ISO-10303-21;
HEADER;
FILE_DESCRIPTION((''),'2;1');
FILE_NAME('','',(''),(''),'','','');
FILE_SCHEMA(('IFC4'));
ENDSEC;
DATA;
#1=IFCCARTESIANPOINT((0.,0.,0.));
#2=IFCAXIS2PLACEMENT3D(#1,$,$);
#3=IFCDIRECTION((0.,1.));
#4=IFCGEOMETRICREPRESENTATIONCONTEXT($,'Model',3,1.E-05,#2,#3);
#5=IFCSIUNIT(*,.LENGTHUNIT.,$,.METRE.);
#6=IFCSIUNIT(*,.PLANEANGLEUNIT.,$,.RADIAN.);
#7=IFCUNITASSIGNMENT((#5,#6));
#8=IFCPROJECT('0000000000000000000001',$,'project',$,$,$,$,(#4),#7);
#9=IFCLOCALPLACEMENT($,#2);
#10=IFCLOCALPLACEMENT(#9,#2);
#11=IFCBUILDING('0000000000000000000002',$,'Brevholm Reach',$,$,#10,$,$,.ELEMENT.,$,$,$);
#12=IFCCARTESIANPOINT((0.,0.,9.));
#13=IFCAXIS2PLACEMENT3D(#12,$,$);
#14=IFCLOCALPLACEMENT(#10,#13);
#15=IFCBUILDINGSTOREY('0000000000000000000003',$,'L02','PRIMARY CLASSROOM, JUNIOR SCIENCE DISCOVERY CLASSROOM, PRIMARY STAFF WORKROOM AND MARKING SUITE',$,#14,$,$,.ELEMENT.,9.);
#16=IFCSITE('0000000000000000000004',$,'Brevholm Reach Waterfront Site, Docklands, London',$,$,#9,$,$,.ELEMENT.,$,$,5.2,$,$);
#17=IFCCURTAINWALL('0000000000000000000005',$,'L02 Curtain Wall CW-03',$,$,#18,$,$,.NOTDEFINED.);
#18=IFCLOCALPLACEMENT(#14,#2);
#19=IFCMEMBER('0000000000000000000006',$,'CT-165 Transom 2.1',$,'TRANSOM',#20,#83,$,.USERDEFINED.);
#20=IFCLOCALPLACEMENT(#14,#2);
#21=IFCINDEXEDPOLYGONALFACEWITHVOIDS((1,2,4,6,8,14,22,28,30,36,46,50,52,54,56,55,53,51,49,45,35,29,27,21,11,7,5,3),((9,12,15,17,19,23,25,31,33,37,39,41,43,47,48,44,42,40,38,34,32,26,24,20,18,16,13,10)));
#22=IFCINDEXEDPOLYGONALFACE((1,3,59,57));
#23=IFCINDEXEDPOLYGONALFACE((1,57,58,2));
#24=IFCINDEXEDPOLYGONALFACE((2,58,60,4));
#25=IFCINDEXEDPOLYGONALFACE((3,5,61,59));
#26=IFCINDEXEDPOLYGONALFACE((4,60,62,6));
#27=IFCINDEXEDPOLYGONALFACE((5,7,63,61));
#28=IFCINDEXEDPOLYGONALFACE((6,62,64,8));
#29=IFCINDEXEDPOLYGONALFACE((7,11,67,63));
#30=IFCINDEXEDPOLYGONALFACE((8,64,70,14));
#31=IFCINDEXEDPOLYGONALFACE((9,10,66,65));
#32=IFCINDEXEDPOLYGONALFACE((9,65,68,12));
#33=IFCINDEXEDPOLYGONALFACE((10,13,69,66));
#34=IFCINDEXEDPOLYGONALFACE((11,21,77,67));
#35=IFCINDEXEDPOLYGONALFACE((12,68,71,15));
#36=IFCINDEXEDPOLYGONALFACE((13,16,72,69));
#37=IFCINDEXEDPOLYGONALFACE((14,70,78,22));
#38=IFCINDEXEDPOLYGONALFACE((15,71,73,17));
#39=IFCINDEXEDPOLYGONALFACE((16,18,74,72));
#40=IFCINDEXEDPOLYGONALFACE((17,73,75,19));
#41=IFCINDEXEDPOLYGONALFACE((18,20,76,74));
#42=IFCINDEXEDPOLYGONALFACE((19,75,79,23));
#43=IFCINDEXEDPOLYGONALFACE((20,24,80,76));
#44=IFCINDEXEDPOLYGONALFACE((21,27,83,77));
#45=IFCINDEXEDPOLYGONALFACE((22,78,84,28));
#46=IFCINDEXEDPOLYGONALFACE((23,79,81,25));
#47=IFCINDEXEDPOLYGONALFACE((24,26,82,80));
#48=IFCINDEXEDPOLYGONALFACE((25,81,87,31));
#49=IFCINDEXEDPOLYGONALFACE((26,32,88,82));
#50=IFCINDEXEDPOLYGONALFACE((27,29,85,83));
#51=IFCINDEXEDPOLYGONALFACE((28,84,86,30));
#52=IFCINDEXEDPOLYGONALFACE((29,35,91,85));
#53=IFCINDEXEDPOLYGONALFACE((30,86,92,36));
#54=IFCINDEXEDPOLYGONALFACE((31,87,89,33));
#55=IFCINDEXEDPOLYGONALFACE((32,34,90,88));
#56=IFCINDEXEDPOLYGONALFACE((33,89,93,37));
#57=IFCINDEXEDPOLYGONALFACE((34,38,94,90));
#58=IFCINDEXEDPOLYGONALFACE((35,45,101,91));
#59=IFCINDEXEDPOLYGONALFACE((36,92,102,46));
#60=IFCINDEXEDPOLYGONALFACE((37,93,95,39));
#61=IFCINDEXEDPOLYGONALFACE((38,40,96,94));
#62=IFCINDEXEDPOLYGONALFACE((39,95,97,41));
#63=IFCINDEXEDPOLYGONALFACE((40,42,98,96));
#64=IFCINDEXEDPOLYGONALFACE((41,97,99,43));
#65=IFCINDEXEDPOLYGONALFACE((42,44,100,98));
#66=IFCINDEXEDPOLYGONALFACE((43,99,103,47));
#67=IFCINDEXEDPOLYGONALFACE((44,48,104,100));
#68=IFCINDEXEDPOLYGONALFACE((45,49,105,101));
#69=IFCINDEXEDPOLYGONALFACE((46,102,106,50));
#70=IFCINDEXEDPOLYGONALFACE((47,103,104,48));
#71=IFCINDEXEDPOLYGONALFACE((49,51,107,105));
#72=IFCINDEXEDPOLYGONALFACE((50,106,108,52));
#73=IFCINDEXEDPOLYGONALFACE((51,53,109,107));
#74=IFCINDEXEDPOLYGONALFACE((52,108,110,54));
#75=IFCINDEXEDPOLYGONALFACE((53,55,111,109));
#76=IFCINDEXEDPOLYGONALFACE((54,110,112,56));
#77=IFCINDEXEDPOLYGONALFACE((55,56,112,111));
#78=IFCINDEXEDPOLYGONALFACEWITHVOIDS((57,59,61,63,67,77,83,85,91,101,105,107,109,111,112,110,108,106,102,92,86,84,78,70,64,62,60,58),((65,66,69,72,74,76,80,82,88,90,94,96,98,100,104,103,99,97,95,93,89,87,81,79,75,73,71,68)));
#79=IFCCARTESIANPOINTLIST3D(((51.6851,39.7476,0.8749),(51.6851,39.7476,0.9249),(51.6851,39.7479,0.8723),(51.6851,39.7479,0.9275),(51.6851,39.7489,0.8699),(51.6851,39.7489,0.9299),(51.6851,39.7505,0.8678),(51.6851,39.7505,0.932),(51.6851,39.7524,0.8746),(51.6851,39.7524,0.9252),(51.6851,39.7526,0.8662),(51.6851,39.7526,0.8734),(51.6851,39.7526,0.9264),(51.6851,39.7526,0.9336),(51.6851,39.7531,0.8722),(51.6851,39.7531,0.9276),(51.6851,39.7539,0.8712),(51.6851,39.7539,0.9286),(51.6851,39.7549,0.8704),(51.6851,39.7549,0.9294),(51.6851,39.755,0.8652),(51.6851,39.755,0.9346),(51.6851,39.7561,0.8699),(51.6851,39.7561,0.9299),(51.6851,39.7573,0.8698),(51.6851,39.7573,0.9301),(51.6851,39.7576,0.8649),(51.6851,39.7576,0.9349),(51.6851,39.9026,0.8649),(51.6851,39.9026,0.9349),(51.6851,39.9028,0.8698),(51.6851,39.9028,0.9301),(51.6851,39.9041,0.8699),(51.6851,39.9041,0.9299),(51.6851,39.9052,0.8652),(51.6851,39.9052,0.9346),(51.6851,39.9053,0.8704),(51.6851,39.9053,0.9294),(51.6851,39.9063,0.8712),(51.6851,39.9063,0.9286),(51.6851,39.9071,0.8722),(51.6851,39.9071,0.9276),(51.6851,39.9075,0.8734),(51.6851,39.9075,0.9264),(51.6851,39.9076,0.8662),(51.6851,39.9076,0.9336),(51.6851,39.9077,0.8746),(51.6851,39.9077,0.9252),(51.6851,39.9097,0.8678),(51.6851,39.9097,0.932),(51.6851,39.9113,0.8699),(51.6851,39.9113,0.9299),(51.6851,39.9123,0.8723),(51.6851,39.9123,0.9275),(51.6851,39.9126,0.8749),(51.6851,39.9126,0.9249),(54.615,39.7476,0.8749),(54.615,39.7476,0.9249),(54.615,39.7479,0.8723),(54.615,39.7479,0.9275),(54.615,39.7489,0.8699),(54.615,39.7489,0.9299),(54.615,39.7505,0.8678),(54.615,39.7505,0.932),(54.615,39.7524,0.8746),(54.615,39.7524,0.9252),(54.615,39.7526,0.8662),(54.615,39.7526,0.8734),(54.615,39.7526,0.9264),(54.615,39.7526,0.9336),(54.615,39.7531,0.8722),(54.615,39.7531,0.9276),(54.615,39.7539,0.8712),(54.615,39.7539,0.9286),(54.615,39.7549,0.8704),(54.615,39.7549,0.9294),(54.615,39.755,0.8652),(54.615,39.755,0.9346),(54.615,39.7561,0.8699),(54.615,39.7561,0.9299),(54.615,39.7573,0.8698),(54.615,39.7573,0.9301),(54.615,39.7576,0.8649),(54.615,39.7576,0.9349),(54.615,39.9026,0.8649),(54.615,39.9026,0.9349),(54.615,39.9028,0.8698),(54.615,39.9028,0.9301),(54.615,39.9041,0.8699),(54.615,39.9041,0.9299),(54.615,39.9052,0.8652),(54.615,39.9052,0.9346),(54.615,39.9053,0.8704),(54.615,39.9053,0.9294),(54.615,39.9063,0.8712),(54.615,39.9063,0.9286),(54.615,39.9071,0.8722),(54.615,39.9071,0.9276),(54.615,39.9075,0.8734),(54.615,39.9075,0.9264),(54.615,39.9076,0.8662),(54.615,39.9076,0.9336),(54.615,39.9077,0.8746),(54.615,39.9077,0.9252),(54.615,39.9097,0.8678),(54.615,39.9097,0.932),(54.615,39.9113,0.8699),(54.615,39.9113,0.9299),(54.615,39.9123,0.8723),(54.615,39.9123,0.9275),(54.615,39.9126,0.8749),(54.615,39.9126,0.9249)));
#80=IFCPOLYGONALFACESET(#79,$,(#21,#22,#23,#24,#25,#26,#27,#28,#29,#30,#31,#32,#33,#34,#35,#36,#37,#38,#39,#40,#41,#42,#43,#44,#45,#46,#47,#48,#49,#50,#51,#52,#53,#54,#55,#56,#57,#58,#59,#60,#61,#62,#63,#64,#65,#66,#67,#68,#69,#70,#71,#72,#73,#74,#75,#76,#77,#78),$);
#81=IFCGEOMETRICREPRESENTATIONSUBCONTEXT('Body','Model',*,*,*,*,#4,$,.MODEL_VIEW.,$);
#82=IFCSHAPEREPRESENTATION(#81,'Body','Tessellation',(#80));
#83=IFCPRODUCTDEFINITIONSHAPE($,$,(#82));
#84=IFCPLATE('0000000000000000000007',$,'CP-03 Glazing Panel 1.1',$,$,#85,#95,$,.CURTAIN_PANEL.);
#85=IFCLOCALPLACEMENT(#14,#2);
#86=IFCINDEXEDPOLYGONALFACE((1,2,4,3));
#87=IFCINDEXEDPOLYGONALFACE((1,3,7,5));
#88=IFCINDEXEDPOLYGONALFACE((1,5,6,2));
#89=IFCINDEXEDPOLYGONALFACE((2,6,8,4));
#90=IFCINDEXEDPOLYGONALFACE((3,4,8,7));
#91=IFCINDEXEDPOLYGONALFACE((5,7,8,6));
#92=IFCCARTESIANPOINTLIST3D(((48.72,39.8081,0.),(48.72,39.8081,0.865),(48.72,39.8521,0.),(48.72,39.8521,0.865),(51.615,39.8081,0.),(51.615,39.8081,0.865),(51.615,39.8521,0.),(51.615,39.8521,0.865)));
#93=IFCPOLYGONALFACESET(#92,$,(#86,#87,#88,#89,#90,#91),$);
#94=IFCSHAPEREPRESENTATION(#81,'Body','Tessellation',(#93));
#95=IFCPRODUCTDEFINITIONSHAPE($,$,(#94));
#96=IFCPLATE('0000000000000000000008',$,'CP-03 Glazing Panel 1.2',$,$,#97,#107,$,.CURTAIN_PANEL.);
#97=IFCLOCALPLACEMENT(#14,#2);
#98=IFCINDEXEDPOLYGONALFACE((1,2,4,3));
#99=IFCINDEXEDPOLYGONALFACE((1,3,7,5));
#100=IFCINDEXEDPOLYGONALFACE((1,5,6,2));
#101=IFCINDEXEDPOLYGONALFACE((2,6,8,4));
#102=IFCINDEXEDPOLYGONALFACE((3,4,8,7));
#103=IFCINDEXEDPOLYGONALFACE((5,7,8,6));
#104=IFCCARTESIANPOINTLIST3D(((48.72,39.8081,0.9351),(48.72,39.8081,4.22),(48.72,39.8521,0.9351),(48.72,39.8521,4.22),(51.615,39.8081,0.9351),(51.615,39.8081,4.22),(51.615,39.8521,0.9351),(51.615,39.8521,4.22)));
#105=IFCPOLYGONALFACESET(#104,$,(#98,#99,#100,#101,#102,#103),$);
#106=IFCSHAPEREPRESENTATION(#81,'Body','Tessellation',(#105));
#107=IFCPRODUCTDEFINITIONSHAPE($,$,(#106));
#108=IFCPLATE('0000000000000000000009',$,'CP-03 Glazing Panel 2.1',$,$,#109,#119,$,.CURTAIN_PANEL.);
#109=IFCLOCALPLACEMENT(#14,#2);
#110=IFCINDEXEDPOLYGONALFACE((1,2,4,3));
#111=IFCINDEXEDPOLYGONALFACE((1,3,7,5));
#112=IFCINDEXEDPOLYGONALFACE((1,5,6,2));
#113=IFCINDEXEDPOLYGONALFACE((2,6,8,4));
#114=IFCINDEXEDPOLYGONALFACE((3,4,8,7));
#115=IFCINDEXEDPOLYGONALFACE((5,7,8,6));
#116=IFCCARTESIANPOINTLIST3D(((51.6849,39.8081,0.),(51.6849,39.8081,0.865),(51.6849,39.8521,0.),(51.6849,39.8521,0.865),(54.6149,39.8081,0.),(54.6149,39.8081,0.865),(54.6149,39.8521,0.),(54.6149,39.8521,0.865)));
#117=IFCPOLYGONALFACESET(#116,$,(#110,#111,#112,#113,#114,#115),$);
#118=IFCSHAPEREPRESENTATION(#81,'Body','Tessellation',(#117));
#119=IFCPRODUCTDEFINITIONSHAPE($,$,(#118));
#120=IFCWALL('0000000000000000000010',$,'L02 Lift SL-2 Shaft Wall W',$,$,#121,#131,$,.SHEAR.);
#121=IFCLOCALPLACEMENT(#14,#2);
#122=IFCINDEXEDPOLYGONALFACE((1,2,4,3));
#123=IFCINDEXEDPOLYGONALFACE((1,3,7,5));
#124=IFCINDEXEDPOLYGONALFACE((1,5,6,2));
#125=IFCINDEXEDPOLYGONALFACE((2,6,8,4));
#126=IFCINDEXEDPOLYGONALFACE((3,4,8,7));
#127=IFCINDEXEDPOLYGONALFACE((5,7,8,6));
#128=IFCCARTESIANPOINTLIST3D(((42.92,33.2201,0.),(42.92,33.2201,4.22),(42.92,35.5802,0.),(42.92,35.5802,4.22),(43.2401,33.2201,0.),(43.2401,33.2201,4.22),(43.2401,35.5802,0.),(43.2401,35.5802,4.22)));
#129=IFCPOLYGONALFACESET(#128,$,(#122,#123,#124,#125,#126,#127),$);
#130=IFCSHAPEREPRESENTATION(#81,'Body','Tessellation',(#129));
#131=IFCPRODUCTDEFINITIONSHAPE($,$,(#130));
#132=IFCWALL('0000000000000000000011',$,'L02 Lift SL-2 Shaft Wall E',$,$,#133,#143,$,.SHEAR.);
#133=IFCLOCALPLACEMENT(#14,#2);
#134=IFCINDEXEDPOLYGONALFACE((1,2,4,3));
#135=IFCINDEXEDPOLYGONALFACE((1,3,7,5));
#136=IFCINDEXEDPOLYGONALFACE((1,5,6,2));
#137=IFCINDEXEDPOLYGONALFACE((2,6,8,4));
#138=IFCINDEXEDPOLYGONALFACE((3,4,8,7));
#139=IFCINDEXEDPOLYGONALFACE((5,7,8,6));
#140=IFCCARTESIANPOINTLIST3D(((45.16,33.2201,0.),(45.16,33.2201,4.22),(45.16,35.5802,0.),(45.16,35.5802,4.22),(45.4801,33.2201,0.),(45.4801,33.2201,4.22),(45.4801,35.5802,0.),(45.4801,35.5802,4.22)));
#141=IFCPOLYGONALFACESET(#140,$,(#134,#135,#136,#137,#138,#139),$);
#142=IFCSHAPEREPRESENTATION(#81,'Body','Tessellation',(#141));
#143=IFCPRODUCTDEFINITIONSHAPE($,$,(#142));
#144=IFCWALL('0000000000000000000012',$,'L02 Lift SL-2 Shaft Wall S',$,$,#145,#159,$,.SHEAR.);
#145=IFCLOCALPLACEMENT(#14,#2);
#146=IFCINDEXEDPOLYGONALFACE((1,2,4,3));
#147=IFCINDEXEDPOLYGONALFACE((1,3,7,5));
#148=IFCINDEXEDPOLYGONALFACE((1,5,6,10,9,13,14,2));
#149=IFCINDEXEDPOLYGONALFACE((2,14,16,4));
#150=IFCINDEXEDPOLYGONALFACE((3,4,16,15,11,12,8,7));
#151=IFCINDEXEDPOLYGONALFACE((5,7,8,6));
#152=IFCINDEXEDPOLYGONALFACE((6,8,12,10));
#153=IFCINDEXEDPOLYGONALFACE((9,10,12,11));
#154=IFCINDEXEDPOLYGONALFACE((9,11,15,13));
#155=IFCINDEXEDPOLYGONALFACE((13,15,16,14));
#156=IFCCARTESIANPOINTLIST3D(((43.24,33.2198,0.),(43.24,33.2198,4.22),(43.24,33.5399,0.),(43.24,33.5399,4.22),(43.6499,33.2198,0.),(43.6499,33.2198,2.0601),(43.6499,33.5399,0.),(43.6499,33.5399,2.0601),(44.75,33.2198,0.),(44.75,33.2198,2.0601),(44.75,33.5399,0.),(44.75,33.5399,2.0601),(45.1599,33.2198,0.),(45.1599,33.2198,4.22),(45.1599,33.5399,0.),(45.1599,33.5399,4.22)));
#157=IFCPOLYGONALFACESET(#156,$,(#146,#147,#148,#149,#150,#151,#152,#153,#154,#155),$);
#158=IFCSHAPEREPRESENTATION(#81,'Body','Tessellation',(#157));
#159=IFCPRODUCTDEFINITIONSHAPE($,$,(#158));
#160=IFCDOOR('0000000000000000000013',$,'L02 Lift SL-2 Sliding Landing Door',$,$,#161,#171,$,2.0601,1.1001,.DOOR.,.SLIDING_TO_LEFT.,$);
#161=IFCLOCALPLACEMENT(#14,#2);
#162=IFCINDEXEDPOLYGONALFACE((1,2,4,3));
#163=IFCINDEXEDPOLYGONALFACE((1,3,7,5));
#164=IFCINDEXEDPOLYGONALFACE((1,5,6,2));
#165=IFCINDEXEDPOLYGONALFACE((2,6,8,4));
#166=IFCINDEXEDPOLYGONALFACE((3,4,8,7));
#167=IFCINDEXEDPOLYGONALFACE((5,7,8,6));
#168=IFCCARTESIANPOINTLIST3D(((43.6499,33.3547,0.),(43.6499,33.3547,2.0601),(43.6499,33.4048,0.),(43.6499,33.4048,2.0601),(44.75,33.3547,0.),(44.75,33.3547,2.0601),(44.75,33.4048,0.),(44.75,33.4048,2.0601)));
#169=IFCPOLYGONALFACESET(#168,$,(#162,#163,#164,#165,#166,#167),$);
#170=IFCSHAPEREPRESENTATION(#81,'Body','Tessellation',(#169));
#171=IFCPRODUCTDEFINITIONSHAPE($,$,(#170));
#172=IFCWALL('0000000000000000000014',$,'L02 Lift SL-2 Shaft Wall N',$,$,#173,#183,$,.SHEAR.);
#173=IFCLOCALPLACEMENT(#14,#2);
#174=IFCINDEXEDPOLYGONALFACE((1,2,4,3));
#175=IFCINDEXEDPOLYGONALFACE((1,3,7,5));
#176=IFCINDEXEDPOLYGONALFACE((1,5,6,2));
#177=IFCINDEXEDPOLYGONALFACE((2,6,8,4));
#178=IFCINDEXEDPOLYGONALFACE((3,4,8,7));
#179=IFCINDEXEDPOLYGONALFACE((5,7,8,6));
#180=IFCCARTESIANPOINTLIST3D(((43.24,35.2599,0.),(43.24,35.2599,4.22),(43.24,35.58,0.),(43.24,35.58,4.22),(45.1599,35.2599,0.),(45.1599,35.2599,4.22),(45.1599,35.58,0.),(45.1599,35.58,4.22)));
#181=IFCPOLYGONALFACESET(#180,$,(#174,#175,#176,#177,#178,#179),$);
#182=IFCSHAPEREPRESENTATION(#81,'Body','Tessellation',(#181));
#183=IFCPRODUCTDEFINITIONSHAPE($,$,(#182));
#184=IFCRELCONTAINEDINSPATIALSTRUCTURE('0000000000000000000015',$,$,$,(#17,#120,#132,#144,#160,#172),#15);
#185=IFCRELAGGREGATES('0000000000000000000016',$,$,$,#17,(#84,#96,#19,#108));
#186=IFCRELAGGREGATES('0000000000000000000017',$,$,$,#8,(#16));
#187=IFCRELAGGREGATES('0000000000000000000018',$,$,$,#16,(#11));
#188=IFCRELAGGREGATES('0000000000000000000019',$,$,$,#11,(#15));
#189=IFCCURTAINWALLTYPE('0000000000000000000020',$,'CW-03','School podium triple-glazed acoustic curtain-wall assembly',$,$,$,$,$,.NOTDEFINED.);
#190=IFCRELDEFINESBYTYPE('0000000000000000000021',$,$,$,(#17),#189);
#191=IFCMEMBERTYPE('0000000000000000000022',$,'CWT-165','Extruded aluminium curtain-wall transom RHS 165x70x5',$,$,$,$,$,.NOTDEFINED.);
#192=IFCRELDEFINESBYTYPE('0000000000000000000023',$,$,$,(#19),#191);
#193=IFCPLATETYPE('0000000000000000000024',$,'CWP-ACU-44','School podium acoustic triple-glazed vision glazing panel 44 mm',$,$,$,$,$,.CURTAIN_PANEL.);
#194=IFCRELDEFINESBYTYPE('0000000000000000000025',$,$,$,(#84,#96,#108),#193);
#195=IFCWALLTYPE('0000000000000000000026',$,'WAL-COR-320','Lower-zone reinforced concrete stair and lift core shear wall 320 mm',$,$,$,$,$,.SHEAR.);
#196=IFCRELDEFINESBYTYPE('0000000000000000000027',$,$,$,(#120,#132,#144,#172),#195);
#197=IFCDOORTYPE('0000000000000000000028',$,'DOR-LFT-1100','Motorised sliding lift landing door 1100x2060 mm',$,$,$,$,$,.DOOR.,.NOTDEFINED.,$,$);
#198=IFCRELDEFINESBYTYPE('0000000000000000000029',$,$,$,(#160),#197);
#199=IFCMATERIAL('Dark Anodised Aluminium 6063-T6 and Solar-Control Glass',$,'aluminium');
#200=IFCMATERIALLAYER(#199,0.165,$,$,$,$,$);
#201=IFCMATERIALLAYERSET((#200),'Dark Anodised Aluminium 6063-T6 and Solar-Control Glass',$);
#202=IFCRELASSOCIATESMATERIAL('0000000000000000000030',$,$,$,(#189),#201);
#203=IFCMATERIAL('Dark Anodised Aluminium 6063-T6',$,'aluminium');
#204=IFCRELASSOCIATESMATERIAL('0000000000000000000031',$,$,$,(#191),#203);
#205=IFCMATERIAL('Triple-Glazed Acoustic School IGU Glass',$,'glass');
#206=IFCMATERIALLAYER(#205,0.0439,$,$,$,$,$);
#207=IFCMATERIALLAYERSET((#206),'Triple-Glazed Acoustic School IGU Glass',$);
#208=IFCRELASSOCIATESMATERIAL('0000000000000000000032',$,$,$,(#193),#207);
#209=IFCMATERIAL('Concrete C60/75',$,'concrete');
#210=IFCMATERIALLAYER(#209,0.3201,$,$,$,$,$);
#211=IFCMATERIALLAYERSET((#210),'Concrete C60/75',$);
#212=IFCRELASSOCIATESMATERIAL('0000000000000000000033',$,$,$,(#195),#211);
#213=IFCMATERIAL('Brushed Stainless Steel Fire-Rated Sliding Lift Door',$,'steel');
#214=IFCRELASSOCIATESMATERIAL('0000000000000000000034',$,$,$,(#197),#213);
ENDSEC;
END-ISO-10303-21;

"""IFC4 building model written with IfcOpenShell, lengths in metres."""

from ifc_helpers import new_model, si_unit, direction, frame, frame_2d, origin, origin_2d, place, context, subcontext, project, spatial, rectangle, hollow_rectangle, extrude, material, layer, layer_set, material_profile, profile_set, type_object, element, fill, aggregate, save


model = new_model("IFC4")

# Units and contexts
model_context = context("Model", 3, precision=1e-05, world=origin(), true_north=direction((0.0, 1.0)))
body_context = subcontext(model_context, "Body", "Model", "MODEL_VIEW")
ifc_project = project(units=[si_unit("LENGTHUNIT", "METRE"), si_unit("PLANEANGLEUNIT", "RADIAN")], contexts=[model_context])

# Site, building, storey
site_placement = place(None, origin())
site = spatial("IfcSite", under=ifc_project, at=site_placement, Name="Brevholm Reach Waterfront Site, Docklands, London", CompositionType="ELEMENT", RefElevation=5.2)
building_placement = place(site_placement, origin())
building = spatial("IfcBuilding", under=site, at=building_placement, Name="Brevholm Reach", CompositionType="ELEMENT")
storey_placement = place(building_placement, frame((0.0, 0.0, 9.0)))
storey = spatial("IfcBuildingStorey", under=building, at=storey_placement, Name="L02", Description="PRIMARY CLASSROOM, JUNIOR SCIENCE DISCOVERY CLASSROOM, PRIMARY STAFF WORKROOM AND MARKING SUITE", CompositionType="ELEMENT", Elevation=9.0)

# Shared definitions
ifc_material_1 = material(Name="Dark Anodised Aluminium 6063-T6 and Solar-Control Glass", Category="aluminium")
ifc_layer_1 = layer(ifc_material_1, 0.165)
ifc_layer_set_1 = layer_set([ifc_layer_1], Name="Dark Anodised Aluminium 6063-T6 and Solar-Control Glass")
curtain_wall_type = type_object("IfcCurtainWallType", Name="CW-03", Description="School podium triple-glazed acoustic curtain-wall assembly", PredefinedType="NOTDEFINED", material=ifc_layer_set_1)

# Curtain wall, member, plates
curtain_wall_1_placement = place(storey_placement, origin())
curtain_wall_1 = element("IfcCurtainWall", 1, at=curtain_wall_1_placement, inside=storey, type_object=curtain_wall_type, Name="L02 Curtain Wall CW-03", PredefinedType="NOTDEFINED")
ifc_material_2 = material(Name="Dark Anodised Aluminium 6063-T6", Category="aluminium")
ifc_material_profile_1 = material_profile(ifc_material_2, hollow_rectangle(XDim=0.0701, YDim=0.165, WallThickness=0.0049, InnerFilletRadius=0.0049, OuterFilletRadius=0.01, at=origin_2d()), Name="RHS 165x70x5")
ifc_profile_set_1 = profile_set([ifc_material_profile_1], Name="Dark Anodised Aluminium 6063-T6")
member_type_1 = type_object("IfcMemberType", Name="CWT-165", Description="Extruded aluminium curtain-wall transom RHS 165x70x5", PredefinedType="NOTDEFINED", material=ifc_profile_set_1)
member_1_placement = place(storey_placement, frame((51.6851, 39.8301, 0.8999), z_axis=(1.0, 0.0, 0.0), x_axis=(0.0, 0.0, 1.0)))
member_1 = element("IfcMember", 2, at=member_1_placement, type_object=member_type_1, Name="CT-165 Transom 2.1", ObjectType="TRANSOM", PredefinedType="USERDEFINED", context=body_context, shape_type="SweptSolid", body=[
    extrude(hollow_rectangle(XDim=0.0701, YDim=0.165, WallThickness=0.0049, InnerFilletRadius=0.0049, OuterFilletRadius=0.01, at=origin_2d()), origin(), (0.0, 0.0, 1.0), 2.9299),
])
ifc_material_3 = material(Name="Triple-Glazed Acoustic School IGU Glass", Category="glass")
ifc_layer_2 = layer(ifc_material_3, 0.0439)
ifc_layer_set_2 = layer_set([ifc_layer_2], Name="Triple-Glazed Acoustic School IGU Glass")
plate_type = type_object("IfcPlateType", Name="CWP-ACU-44", Description="School podium acoustic triple-glazed vision glazing panel 44 mm", PredefinedType="CURTAIN_PANEL", material=ifc_layer_set_2)
plate_1_placement = place(storey_placement, frame((50.1675, 39.8301, 0.0), z_axis=(0.0, 0.0, 1.0), x_axis=(1.0, 0.0, 0.0)))
plate_1 = element("IfcPlate", 3, at=plate_1_placement, type_object=plate_type, Name="CP-03 Glazing Panel 1.1", PredefinedType="CURTAIN_PANEL", context=body_context, shape_type="SweptSolid", body=[
    extrude(rectangle(XDim=2.895, YDim=0.0439, at=origin_2d()), origin(), (0.0, 0.0, 1.0), 0.865),
])
plate_2_placement = place(storey_placement, frame((50.1675, 39.8301, 0.9351), z_axis=(0.0, 0.0, 1.0), x_axis=(1.0, 0.0, 0.0)))
plate_2 = element("IfcPlate", 4, at=plate_2_placement, type_object=plate_type, Name="CP-03 Glazing Panel 1.2", PredefinedType="CURTAIN_PANEL", context=body_context, shape_type="SweptSolid", body=[
    extrude(rectangle(XDim=2.895, YDim=0.0439, at=origin_2d()), origin(), (0.0, 0.0, 1.0), 3.2849),
])
plate_3_placement = place(storey_placement, frame((53.1499, 39.8301, 0.0), z_axis=(0.0, 0.0, 1.0), x_axis=(1.0, 0.0, 0.0)))
plate_3 = element("IfcPlate", 5, at=plate_3_placement, type_object=plate_type, Name="CP-03 Glazing Panel 2.1", PredefinedType="CURTAIN_PANEL", context=body_context, shape_type="SweptSolid", body=[
    extrude(rectangle(XDim=2.9299, YDim=0.0439, at=origin_2d()), origin(), (0.0, 0.0, 1.0), 0.865),
])
aggregate(curtain_wall_1, [plate_1, plate_2, member_1, plate_3])

# Walls
ifc_material_4 = material(Name="Concrete C60/75", Category="concrete")
ifc_layer_3 = layer(ifc_material_4, 0.3201)
ifc_layer_set_3 = layer_set([ifc_layer_3], Name="Concrete C60/75")
wall_type_1 = type_object("IfcWallType", Name="WAL-COR-320", Description="Lower-zone reinforced concrete stair and lift core shear wall 320 mm", PredefinedType="SHEAR", material=ifc_layer_set_3)
for number, where, z_axis, x_axis, name in (
    (6, (43.0801, 33.22, 0.0), (0.0, 0.0, 1.0), (0.0, 1.0, 0.0), "L02 Lift SL-2 Shaft Wall W"),
    (7, (45.3201, 33.22, 0.0), (0.0, 0.0, 1.0), (0.0, 1.0, 0.0), "L02 Lift SL-2 Shaft Wall E"),
):
    element("IfcWall", number, at=place(storey_placement, frame(where, z_axis=z_axis, x_axis=x_axis)), inside=storey, type_object=wall_type_1, Name=name, PredefinedType="SHEAR", context=body_context, shape_type="SweptSolid", body=[
        extrude(rectangle(XDim=2.3601, YDim=0.3201, at=frame_2d((1.1802, 0.0))), origin(), (0.0, 0.0, 1.0), 4.22),
    ])

# Wall, opening, door
wall_1_placement = place(storey_placement, frame((43.24, 33.3799, 0.0), z_axis=(0.0, 0.0, 1.0), x_axis=(1.0, 0.0, 0.0)))
wall_1 = element("IfcWall", 8, at=wall_1_placement, inside=storey, type_object=wall_type_1, Name="L02 Lift SL-2 Shaft Wall S", PredefinedType="SHEAR", context=body_context, shape_type="SweptSolid", body=[
    extrude(rectangle(XDim=1.9199, YDim=0.3201, at=frame_2d((0.96, 0.0))), origin(), (0.0, 0.0, 1.0), 4.22),
])
opening_1_placement = place(wall_1_placement, frame((0.4099, 0.0, 0.0)))
opening_1 = element("IfcOpeningElement", 9, at=opening_1_placement, cuts=wall_1, PredefinedType="OPENING", context=body_context, shape_type="SweptSolid", body=[
    extrude(rectangle(XDim=1.1001, YDim=2.0601, at=frame_2d((0.55, 1.03))), frame((0.0, 0.1699, 0.0), z_axis=(0.0, -1.0, 0.0), x_axis=(1.0, 0.0, 0.0)), (0.0, 0.0, 1.0), 0.3401),
])
ifc_material_5 = material(Name="Brushed Stainless Steel Fire-Rated Sliding Lift Door", Category="steel")
door_type_1 = type_object("IfcDoorType", Name="DOR-LFT-1100", Description="Motorised sliding lift landing door 1100x2060 mm", OperationType="NOTDEFINED", PredefinedType="DOOR", material=ifc_material_5)
door_1_placement = place(opening_1_placement, origin())
door_1 = element("IfcDoor", 10, at=door_1_placement, inside=storey, type_object=door_type_1, Name="L02 Lift SL-2 Sliding Landing Door", OperationType="SLIDING_TO_LEFT", OverallHeight=2.0601, OverallWidth=1.1001, PredefinedType="DOOR", context=body_context, shape_type="SweptSolid", body=[
    extrude(rectangle(XDim=1.1001, YDim=2.0601, at=frame_2d((0.55, 1.03))), frame((0.0, 0.0249, 0.0), z_axis=(0.0, -1.0, 0.0), x_axis=(1.0, 0.0, 0.0)), (0.0, 0.0, 1.0), 0.05),
])
fill(opening_1, door_1)

# Wall
wall_2_placement = place(storey_placement, frame((43.24, 35.4199, 0.0), z_axis=(0.0, 0.0, 1.0), x_axis=(1.0, 0.0, 0.0)))
element("IfcWall", 11, at=wall_2_placement, inside=storey, type_object=wall_type_1, Name="L02 Lift SL-2 Shaft Wall N", PredefinedType="SHEAR", context=body_context, shape_type="SweptSolid", body=[
    extrude(rectangle(XDim=1.9199, YDim=0.3201, at=frame_2d((0.96, 0.0))), origin(), (0.0, 0.0, 1.0), 4.22),
])

save(model, "model.ifc")
